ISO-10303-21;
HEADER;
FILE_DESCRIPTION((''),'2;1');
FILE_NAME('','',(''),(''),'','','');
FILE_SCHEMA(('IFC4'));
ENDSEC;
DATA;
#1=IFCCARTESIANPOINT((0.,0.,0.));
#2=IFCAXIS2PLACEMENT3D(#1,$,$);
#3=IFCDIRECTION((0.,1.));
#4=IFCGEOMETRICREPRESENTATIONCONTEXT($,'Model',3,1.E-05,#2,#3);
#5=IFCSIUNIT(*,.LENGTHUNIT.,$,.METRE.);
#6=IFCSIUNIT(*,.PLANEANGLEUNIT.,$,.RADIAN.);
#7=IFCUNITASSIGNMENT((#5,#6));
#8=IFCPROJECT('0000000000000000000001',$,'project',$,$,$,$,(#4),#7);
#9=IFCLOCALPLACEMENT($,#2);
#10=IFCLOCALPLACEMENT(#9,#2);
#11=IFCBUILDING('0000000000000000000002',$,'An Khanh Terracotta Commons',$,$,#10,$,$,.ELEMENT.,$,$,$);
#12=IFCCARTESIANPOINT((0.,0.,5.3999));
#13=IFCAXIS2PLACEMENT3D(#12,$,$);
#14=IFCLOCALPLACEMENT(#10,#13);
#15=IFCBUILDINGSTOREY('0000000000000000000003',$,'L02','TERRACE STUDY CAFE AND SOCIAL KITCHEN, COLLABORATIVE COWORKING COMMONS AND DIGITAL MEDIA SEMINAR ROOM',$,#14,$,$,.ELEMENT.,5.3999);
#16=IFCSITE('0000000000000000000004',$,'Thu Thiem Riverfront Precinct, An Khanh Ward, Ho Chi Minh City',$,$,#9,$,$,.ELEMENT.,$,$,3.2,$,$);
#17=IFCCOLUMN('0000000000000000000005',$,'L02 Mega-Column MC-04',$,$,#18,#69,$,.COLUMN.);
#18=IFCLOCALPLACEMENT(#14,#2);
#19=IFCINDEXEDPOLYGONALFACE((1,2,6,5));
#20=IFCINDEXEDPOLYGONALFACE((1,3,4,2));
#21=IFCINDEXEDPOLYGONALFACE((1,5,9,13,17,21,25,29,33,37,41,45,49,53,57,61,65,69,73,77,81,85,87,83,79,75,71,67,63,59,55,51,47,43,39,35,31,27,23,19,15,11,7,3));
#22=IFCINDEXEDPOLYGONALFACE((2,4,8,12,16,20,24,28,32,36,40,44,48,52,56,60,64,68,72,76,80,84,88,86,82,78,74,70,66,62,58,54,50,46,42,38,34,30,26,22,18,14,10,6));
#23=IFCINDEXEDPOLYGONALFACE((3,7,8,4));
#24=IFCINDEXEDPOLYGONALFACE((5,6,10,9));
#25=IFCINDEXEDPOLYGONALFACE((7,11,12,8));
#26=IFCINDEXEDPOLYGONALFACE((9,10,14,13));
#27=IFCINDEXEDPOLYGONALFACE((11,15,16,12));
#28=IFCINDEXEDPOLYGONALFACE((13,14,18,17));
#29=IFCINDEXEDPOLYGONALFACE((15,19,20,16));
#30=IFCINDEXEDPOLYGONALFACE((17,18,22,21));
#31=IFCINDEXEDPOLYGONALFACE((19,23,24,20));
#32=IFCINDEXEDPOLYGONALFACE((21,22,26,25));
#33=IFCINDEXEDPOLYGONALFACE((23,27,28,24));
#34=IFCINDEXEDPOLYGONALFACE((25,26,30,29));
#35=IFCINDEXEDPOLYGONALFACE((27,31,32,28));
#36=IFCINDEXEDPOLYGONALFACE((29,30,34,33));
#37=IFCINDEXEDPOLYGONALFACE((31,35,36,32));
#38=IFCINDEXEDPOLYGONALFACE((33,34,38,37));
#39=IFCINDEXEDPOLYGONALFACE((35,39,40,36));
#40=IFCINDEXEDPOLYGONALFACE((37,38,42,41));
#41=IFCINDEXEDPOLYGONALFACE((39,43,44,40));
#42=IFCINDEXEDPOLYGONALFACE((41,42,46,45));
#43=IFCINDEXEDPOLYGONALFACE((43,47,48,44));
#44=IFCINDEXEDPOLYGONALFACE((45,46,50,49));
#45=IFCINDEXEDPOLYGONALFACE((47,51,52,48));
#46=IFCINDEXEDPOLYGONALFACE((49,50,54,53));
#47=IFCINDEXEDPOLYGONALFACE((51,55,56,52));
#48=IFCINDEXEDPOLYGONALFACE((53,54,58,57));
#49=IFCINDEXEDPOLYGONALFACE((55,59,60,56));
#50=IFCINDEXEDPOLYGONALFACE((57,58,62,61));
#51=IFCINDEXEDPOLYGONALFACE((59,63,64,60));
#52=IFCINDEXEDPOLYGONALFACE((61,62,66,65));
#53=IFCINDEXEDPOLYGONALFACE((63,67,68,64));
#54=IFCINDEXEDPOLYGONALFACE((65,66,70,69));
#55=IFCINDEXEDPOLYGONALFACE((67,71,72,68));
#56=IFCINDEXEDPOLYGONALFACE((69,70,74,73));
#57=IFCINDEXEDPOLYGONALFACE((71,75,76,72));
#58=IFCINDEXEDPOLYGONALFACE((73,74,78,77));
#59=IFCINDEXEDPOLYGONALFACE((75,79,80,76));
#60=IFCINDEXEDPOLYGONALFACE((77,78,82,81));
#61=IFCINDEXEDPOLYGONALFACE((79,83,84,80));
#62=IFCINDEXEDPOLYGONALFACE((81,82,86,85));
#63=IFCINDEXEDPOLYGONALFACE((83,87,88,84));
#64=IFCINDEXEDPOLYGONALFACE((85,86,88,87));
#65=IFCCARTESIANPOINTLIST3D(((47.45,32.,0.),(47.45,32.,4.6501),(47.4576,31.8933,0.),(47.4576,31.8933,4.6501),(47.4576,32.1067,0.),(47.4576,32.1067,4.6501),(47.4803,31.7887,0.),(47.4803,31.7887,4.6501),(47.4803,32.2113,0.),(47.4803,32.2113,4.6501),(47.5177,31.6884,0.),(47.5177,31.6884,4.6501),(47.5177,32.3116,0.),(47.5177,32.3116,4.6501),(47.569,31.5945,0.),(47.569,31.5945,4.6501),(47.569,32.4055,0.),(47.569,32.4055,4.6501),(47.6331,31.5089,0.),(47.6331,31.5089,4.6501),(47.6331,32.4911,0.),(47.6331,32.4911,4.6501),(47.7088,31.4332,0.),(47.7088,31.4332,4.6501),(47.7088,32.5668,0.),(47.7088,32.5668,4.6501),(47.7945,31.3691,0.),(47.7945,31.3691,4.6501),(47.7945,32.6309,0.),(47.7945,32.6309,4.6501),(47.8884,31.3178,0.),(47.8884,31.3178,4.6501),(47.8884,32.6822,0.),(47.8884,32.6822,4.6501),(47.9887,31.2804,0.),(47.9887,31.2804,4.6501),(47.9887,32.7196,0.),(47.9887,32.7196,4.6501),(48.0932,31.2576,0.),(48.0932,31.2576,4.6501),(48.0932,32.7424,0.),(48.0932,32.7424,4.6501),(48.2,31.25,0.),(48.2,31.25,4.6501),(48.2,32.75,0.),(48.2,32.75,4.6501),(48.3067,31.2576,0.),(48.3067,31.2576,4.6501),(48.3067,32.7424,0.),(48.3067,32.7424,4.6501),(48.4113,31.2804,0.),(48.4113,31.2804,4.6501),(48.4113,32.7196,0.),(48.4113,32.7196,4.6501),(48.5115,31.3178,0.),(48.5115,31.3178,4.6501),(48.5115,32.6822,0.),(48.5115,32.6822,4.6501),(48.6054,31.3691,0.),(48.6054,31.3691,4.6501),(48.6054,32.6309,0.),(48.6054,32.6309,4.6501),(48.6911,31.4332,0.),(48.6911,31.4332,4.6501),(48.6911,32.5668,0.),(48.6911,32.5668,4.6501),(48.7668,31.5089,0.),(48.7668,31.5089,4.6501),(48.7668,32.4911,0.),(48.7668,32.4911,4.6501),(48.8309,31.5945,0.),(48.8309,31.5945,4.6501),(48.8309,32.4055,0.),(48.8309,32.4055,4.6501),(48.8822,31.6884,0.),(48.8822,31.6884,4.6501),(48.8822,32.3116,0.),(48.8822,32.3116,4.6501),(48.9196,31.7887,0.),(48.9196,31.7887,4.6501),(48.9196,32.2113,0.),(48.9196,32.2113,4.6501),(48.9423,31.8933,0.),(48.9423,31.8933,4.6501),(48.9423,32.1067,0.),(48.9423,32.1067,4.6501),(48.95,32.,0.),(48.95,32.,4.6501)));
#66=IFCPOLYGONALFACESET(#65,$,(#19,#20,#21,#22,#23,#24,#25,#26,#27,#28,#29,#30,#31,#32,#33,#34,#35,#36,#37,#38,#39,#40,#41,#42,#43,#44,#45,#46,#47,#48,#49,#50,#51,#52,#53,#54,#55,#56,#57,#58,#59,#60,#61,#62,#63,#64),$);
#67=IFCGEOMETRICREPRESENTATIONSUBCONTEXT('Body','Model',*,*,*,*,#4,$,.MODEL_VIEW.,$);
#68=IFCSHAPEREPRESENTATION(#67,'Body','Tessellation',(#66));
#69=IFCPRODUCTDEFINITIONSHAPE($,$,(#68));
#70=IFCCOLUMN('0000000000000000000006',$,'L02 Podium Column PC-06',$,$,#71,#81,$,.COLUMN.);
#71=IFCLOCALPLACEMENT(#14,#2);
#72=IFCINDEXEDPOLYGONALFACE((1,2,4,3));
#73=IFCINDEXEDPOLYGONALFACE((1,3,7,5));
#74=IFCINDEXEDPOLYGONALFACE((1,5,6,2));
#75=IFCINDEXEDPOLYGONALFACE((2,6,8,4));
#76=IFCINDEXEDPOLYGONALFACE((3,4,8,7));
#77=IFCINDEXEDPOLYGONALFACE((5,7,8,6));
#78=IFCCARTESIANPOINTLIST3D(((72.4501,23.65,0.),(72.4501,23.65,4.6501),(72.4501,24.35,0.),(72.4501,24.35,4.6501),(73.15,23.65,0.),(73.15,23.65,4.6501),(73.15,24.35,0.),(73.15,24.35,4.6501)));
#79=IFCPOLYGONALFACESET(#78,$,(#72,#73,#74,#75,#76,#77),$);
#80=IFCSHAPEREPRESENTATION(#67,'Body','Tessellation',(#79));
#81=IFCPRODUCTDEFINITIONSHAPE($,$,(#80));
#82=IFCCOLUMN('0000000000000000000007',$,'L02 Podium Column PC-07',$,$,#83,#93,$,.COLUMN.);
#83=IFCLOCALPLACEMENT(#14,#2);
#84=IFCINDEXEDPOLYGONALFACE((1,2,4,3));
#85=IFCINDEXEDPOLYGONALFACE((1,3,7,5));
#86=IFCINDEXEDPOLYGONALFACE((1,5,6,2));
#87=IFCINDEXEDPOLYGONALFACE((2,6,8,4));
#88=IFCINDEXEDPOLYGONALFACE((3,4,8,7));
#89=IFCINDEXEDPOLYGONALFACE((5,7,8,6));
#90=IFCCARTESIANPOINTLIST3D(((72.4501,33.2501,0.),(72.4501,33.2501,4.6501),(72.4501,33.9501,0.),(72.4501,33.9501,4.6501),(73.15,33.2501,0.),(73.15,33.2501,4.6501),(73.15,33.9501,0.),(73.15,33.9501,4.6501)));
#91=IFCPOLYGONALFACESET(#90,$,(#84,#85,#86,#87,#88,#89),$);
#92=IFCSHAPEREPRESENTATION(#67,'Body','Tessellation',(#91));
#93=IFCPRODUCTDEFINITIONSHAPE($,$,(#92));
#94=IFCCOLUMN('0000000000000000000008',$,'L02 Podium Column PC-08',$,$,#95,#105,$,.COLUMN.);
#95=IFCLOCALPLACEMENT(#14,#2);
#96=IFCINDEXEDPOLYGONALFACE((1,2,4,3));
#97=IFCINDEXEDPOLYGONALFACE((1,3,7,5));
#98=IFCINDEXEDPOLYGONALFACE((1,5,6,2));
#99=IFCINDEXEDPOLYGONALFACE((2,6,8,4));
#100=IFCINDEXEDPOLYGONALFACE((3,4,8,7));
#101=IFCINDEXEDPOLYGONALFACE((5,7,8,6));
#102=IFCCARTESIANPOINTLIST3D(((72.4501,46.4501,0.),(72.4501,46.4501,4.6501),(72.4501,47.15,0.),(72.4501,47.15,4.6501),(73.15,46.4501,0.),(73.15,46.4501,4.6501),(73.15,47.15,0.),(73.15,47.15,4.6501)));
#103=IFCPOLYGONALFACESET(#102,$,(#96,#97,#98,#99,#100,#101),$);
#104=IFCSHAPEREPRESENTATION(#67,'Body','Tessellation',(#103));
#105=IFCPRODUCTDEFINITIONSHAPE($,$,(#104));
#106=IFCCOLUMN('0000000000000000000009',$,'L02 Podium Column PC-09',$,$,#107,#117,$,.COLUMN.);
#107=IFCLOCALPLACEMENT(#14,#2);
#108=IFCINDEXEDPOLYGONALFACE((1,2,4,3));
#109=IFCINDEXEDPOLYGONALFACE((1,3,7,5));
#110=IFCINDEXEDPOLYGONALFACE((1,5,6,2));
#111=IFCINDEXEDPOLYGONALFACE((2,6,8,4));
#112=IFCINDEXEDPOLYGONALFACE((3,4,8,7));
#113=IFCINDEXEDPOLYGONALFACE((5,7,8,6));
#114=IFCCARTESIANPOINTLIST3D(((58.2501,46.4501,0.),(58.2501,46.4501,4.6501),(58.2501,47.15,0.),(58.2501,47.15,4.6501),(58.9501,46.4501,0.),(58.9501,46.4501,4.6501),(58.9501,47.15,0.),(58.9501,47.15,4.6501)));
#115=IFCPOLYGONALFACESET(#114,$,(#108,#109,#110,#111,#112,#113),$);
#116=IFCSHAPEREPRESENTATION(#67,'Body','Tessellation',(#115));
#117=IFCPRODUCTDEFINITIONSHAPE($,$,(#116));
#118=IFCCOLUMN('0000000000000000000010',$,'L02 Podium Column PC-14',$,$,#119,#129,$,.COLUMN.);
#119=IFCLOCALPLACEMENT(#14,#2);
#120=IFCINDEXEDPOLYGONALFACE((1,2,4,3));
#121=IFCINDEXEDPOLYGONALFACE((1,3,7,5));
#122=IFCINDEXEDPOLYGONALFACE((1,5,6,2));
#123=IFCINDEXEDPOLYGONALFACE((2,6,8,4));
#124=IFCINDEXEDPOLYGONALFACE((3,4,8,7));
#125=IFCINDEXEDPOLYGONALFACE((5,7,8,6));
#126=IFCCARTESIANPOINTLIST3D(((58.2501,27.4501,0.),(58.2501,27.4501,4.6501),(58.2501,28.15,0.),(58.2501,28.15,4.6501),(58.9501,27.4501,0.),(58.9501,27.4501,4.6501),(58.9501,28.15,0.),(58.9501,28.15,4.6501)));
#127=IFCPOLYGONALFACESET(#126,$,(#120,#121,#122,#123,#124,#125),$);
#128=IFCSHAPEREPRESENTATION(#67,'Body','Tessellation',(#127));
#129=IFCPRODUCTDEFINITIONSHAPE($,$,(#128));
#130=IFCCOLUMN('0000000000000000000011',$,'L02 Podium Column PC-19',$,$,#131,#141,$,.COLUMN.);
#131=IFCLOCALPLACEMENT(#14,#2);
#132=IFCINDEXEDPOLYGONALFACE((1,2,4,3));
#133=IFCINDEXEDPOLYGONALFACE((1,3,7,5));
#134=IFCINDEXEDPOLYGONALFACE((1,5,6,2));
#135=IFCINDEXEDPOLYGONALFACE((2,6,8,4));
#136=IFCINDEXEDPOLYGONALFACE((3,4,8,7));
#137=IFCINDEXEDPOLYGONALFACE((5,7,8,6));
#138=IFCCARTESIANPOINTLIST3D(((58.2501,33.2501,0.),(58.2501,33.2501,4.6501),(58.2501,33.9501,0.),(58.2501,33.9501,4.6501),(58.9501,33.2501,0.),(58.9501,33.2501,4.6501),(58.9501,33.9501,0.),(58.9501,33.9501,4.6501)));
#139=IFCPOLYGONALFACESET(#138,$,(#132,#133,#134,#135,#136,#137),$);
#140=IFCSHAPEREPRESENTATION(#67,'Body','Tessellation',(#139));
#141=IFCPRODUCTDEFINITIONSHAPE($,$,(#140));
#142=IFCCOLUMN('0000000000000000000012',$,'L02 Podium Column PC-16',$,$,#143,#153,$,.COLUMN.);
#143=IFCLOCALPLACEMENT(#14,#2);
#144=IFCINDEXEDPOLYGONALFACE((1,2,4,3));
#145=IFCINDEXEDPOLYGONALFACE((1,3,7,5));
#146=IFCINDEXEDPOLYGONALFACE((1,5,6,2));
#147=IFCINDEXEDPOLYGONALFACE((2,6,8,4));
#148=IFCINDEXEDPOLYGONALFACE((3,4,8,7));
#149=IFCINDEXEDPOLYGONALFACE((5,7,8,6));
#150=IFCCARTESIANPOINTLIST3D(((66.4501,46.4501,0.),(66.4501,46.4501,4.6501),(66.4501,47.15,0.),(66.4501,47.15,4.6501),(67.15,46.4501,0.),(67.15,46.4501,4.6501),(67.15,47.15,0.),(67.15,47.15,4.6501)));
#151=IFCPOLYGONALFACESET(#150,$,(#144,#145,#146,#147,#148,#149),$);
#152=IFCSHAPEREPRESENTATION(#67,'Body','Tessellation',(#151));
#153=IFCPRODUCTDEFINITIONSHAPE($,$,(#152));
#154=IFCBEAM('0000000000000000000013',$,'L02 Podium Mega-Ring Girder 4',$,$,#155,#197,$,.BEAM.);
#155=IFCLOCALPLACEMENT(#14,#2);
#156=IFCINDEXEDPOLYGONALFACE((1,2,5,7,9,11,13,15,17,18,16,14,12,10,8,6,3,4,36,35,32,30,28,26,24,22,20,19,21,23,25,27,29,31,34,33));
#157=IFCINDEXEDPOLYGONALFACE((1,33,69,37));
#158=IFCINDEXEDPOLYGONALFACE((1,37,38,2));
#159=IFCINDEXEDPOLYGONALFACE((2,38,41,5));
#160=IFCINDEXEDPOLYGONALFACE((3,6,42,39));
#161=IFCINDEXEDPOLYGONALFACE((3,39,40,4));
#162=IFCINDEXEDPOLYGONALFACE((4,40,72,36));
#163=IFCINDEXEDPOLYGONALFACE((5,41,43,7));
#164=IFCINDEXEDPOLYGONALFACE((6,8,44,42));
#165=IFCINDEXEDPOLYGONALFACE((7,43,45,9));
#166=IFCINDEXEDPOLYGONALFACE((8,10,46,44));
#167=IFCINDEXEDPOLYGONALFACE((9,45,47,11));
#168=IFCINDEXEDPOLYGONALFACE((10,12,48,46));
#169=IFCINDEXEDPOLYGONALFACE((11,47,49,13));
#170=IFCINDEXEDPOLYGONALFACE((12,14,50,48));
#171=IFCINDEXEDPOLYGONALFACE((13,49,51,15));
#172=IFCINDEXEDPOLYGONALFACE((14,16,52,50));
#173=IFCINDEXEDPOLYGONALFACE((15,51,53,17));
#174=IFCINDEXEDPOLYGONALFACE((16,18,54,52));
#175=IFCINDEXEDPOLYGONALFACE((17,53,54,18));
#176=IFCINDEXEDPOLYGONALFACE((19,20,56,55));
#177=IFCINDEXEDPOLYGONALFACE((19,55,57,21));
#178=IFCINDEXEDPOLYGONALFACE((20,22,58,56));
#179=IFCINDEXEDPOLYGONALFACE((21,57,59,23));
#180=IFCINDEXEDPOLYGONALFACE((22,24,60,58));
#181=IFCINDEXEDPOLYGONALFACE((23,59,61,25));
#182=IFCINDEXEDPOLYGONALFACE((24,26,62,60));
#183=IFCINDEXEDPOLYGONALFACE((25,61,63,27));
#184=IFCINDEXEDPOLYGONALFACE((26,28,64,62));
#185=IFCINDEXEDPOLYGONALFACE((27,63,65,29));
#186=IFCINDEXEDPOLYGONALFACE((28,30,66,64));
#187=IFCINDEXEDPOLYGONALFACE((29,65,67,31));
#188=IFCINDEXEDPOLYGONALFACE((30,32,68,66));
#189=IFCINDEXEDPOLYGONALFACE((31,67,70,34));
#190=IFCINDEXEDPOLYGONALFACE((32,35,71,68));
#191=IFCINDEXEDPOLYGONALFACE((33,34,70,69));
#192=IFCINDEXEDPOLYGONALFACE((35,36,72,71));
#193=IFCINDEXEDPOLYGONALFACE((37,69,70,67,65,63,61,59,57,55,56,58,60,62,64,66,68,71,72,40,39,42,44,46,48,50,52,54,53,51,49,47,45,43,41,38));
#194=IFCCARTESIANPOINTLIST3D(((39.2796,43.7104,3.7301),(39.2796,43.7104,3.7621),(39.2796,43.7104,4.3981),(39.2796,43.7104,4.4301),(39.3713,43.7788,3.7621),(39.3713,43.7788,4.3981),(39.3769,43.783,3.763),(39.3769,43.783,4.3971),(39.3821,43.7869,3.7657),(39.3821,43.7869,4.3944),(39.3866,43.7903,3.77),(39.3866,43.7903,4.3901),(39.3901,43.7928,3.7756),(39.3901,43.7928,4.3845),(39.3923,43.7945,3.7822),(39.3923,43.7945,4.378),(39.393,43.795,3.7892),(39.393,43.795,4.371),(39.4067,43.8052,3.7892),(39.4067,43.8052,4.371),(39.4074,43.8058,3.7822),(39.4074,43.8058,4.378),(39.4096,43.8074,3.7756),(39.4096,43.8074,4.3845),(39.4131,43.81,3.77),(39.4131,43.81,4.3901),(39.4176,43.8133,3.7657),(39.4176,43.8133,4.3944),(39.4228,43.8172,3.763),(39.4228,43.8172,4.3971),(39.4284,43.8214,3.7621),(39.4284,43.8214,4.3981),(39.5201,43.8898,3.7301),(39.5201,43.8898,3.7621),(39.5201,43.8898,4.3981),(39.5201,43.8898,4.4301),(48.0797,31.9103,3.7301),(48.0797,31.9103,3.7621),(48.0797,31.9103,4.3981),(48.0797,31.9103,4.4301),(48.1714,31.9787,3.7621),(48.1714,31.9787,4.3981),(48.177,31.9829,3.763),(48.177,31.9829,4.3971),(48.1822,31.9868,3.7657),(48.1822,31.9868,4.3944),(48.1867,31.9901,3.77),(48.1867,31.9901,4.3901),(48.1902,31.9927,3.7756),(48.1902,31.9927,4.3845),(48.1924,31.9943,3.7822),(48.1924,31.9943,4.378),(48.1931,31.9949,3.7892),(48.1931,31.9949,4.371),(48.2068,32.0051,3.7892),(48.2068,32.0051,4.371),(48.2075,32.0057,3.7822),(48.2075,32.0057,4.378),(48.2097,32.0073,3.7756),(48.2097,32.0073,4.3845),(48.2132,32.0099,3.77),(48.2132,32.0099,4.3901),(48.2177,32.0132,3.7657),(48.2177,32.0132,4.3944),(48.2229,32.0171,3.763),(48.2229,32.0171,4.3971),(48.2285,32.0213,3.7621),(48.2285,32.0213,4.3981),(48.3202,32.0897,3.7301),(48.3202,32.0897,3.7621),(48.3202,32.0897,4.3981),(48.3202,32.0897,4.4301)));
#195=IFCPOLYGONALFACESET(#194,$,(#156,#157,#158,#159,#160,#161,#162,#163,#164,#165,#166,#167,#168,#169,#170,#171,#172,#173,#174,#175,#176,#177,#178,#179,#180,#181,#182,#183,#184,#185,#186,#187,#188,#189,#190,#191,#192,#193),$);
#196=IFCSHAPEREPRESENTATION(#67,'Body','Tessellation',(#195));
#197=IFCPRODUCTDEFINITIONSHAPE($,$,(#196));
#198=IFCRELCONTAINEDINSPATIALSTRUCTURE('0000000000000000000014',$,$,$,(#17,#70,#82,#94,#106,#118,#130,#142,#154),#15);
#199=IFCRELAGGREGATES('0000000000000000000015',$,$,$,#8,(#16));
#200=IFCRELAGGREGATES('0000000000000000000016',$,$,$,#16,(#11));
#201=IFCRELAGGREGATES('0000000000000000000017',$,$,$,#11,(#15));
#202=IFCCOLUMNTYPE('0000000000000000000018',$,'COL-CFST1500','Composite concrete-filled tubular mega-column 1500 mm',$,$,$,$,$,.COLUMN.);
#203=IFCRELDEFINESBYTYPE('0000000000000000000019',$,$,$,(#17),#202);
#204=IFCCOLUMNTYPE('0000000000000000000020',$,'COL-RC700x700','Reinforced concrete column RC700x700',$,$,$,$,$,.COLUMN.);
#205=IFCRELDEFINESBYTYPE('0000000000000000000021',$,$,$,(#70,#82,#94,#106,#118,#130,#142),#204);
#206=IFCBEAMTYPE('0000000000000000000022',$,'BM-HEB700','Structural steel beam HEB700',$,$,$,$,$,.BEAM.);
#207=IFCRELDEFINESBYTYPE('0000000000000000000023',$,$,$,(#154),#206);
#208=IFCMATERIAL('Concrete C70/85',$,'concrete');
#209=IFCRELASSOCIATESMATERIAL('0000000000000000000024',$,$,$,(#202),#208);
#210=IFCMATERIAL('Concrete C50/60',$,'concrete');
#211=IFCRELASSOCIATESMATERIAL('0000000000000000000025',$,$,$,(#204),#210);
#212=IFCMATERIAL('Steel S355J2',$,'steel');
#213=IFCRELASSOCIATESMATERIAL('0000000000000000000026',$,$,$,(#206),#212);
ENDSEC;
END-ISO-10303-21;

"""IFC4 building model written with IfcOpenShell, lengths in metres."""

from ifc_helpers import new_model, si_unit, direction, frame, origin, origin_2d, place, context, subcontext, project, spatial, rectangle, circle, i_section, extrude, material, material_profile, profile_set, type_object, element, save


model = new_model("IFC4")

# Units and contexts
model_context = context("Model", 3, precision=1e-05, world=origin(), true_north=direction((0.0, 1.0)))
body_context = subcontext(model_context, "Body", "Model", "MODEL_VIEW")
ifc_project = project(units=[si_unit("LENGTHUNIT", "METRE"), si_unit("PLANEANGLEUNIT", "RADIAN")], contexts=[model_context])

# Site, building, storey
site_placement = place(None, origin())
site = spatial("IfcSite", under=ifc_project, at=site_placement, Name="Thu Thiem Riverfront Precinct, An Khanh Ward, Ho Chi Minh City", CompositionType="ELEMENT", RefElevation=3.2)
building_placement = place(site_placement, origin())
building = spatial("IfcBuilding", under=site, at=building_placement, Name="An Khanh Terracotta Commons", CompositionType="ELEMENT")
storey_placement = place(building_placement, frame((0.0, 0.0, 5.3999)))
storey = spatial("IfcBuildingStorey", under=building, at=storey_placement, Name="L02", Description="TERRACE STUDY CAFE AND SOCIAL KITCHEN, COLLABORATIVE COWORKING COMMONS AND DIGITAL MEDIA SEMINAR ROOM", CompositionType="ELEMENT", Elevation=5.3999)

# Columns
ifc_material_1 = material(Name="Concrete C70/85", Category="concrete")
ifc_material_profile_1 = material_profile(ifc_material_1, circle(Radius=0.75, at=origin_2d()), Name="CFST1500")
ifc_profile_set_1 = profile_set([ifc_material_profile_1], Name="Concrete C70/85")
column_type_1 = type_object("IfcColumnType", Name="COL-CFST1500", Description="Composite concrete-filled tubular mega-column 1500 mm", PredefinedType="COLUMN", material=ifc_profile_set_1)
column_placement = place(storey_placement, frame((48.2, 32.0, 0.0), z_axis=(0.0, 0.0, 1.0), x_axis=(1.0, 0.0, 0.0)))
element("IfcColumn", 1, at=column_placement, inside=storey, type_object=column_type_1, Name="L02 Mega-Column MC-04", PredefinedType="COLUMN", context=body_context, shape_type="SweptSolid", body=[
    extrude(circle(Radius=0.75, at=origin_2d()), origin(), (0.0, 0.0, 1.0), 4.6501),
])
ifc_material_2 = material(Name="Concrete C50/60", Category="concrete")
ifc_material_profile_2 = material_profile(ifc_material_2, rectangle(XDim=0.7, YDim=0.7, at=origin_2d()), Name="RC700x700")
ifc_profile_set_2 = profile_set([ifc_material_profile_2], Name="Concrete C50/60")
column_type_2 = type_object("IfcColumnType", Name="COL-RC700x700", Description="Reinforced concrete column RC700x700", PredefinedType="COLUMN", material=ifc_profile_set_2)
for number, where, z_axis, x_axis, name in (
    (2, (72.8, 24.0, 0.0), (0.0, 0.0, 1.0), (1.0, 0.0, 0.0), "L02 Podium Column PC-06"),
    (3, (72.8, 33.6001, 0.0), (0.0, 0.0, 1.0), (1.0, 0.0, 0.0), "L02 Podium Column PC-07"),
    (4, (72.8, 46.8, 0.0), (0.0, 0.0, 1.0), (1.0, 0.0, 0.0), "L02 Podium Column PC-08"),
    (5, (58.6001, 46.8, 0.0), (0.0, 0.0, 1.0), (1.0, 0.0, 0.0), "L02 Podium Column PC-09"),
    (6, (58.6001, 27.8, 0.0), (0.0, 0.0, 1.0), (1.0, 0.0, 0.0), "L02 Podium Column PC-14"),
    (7, (58.6001, 33.6001, 0.0), (0.0, 0.0, 1.0), (1.0, 0.0, 0.0), "L02 Podium Column PC-19"),
    (8, (66.8, 46.8, 0.0), (0.0, 0.0, 1.0), (1.0, 0.0, 0.0), "L02 Podium Column PC-16"),
):
    element("IfcColumn", number, at=place(storey_placement, frame(where, z_axis=z_axis, x_axis=x_axis)), inside=storey, type_object=column_type_2, Name=name, PredefinedType="COLUMN", context=body_context, shape_type="SweptSolid", body=[
        extrude(rectangle(XDim=0.7, YDim=0.7, at=origin_2d()), origin(), (0.0, 0.0, 1.0), 4.6501),
    ])

# Beam
ifc_material_3 = material(Name="Steel S355J2", Category="steel")
ifc_material_profile_3 = material_profile(ifc_material_3, i_section(OverallWidth=0.3, OverallDepth=0.7, WebThickness=0.0171, FlangeThickness=0.032, FilletRadius=0.0271, at=origin_2d()), Name="HEB700")
ifc_profile_set_3 = profile_set([ifc_material_profile_3], Name="Steel S355J2")
beam_type_1 = type_object("IfcBeamType", Name="BM-HEB700", Description="Structural steel beam HEB700", PredefinedType="BEAM", material=ifc_profile_set_3)
beam_1_placement = place(storey_placement, frame((48.2, 32.0, 4.0801), z_axis=(-0.597824, 0.801627, 0.0), x_axis=(-0.801627, -0.597824, 0.0)))
element("IfcBeam", 9, at=beam_1_placement, inside=storey, type_object=beam_type_1, Name="L02 Podium Mega-Ring Girder 4", PredefinedType="BEAM", context=body_context, shape_type="SweptSolid", body=[
    extrude(i_section(OverallWidth=0.3, OverallDepth=0.7, WebThickness=0.0171, FlangeThickness=0.032, FilletRadius=0.0271, at=origin_2d()), origin(), (0.0, 0.0, 1.0), 14.7202),
])

save(model, "model.ifc")
